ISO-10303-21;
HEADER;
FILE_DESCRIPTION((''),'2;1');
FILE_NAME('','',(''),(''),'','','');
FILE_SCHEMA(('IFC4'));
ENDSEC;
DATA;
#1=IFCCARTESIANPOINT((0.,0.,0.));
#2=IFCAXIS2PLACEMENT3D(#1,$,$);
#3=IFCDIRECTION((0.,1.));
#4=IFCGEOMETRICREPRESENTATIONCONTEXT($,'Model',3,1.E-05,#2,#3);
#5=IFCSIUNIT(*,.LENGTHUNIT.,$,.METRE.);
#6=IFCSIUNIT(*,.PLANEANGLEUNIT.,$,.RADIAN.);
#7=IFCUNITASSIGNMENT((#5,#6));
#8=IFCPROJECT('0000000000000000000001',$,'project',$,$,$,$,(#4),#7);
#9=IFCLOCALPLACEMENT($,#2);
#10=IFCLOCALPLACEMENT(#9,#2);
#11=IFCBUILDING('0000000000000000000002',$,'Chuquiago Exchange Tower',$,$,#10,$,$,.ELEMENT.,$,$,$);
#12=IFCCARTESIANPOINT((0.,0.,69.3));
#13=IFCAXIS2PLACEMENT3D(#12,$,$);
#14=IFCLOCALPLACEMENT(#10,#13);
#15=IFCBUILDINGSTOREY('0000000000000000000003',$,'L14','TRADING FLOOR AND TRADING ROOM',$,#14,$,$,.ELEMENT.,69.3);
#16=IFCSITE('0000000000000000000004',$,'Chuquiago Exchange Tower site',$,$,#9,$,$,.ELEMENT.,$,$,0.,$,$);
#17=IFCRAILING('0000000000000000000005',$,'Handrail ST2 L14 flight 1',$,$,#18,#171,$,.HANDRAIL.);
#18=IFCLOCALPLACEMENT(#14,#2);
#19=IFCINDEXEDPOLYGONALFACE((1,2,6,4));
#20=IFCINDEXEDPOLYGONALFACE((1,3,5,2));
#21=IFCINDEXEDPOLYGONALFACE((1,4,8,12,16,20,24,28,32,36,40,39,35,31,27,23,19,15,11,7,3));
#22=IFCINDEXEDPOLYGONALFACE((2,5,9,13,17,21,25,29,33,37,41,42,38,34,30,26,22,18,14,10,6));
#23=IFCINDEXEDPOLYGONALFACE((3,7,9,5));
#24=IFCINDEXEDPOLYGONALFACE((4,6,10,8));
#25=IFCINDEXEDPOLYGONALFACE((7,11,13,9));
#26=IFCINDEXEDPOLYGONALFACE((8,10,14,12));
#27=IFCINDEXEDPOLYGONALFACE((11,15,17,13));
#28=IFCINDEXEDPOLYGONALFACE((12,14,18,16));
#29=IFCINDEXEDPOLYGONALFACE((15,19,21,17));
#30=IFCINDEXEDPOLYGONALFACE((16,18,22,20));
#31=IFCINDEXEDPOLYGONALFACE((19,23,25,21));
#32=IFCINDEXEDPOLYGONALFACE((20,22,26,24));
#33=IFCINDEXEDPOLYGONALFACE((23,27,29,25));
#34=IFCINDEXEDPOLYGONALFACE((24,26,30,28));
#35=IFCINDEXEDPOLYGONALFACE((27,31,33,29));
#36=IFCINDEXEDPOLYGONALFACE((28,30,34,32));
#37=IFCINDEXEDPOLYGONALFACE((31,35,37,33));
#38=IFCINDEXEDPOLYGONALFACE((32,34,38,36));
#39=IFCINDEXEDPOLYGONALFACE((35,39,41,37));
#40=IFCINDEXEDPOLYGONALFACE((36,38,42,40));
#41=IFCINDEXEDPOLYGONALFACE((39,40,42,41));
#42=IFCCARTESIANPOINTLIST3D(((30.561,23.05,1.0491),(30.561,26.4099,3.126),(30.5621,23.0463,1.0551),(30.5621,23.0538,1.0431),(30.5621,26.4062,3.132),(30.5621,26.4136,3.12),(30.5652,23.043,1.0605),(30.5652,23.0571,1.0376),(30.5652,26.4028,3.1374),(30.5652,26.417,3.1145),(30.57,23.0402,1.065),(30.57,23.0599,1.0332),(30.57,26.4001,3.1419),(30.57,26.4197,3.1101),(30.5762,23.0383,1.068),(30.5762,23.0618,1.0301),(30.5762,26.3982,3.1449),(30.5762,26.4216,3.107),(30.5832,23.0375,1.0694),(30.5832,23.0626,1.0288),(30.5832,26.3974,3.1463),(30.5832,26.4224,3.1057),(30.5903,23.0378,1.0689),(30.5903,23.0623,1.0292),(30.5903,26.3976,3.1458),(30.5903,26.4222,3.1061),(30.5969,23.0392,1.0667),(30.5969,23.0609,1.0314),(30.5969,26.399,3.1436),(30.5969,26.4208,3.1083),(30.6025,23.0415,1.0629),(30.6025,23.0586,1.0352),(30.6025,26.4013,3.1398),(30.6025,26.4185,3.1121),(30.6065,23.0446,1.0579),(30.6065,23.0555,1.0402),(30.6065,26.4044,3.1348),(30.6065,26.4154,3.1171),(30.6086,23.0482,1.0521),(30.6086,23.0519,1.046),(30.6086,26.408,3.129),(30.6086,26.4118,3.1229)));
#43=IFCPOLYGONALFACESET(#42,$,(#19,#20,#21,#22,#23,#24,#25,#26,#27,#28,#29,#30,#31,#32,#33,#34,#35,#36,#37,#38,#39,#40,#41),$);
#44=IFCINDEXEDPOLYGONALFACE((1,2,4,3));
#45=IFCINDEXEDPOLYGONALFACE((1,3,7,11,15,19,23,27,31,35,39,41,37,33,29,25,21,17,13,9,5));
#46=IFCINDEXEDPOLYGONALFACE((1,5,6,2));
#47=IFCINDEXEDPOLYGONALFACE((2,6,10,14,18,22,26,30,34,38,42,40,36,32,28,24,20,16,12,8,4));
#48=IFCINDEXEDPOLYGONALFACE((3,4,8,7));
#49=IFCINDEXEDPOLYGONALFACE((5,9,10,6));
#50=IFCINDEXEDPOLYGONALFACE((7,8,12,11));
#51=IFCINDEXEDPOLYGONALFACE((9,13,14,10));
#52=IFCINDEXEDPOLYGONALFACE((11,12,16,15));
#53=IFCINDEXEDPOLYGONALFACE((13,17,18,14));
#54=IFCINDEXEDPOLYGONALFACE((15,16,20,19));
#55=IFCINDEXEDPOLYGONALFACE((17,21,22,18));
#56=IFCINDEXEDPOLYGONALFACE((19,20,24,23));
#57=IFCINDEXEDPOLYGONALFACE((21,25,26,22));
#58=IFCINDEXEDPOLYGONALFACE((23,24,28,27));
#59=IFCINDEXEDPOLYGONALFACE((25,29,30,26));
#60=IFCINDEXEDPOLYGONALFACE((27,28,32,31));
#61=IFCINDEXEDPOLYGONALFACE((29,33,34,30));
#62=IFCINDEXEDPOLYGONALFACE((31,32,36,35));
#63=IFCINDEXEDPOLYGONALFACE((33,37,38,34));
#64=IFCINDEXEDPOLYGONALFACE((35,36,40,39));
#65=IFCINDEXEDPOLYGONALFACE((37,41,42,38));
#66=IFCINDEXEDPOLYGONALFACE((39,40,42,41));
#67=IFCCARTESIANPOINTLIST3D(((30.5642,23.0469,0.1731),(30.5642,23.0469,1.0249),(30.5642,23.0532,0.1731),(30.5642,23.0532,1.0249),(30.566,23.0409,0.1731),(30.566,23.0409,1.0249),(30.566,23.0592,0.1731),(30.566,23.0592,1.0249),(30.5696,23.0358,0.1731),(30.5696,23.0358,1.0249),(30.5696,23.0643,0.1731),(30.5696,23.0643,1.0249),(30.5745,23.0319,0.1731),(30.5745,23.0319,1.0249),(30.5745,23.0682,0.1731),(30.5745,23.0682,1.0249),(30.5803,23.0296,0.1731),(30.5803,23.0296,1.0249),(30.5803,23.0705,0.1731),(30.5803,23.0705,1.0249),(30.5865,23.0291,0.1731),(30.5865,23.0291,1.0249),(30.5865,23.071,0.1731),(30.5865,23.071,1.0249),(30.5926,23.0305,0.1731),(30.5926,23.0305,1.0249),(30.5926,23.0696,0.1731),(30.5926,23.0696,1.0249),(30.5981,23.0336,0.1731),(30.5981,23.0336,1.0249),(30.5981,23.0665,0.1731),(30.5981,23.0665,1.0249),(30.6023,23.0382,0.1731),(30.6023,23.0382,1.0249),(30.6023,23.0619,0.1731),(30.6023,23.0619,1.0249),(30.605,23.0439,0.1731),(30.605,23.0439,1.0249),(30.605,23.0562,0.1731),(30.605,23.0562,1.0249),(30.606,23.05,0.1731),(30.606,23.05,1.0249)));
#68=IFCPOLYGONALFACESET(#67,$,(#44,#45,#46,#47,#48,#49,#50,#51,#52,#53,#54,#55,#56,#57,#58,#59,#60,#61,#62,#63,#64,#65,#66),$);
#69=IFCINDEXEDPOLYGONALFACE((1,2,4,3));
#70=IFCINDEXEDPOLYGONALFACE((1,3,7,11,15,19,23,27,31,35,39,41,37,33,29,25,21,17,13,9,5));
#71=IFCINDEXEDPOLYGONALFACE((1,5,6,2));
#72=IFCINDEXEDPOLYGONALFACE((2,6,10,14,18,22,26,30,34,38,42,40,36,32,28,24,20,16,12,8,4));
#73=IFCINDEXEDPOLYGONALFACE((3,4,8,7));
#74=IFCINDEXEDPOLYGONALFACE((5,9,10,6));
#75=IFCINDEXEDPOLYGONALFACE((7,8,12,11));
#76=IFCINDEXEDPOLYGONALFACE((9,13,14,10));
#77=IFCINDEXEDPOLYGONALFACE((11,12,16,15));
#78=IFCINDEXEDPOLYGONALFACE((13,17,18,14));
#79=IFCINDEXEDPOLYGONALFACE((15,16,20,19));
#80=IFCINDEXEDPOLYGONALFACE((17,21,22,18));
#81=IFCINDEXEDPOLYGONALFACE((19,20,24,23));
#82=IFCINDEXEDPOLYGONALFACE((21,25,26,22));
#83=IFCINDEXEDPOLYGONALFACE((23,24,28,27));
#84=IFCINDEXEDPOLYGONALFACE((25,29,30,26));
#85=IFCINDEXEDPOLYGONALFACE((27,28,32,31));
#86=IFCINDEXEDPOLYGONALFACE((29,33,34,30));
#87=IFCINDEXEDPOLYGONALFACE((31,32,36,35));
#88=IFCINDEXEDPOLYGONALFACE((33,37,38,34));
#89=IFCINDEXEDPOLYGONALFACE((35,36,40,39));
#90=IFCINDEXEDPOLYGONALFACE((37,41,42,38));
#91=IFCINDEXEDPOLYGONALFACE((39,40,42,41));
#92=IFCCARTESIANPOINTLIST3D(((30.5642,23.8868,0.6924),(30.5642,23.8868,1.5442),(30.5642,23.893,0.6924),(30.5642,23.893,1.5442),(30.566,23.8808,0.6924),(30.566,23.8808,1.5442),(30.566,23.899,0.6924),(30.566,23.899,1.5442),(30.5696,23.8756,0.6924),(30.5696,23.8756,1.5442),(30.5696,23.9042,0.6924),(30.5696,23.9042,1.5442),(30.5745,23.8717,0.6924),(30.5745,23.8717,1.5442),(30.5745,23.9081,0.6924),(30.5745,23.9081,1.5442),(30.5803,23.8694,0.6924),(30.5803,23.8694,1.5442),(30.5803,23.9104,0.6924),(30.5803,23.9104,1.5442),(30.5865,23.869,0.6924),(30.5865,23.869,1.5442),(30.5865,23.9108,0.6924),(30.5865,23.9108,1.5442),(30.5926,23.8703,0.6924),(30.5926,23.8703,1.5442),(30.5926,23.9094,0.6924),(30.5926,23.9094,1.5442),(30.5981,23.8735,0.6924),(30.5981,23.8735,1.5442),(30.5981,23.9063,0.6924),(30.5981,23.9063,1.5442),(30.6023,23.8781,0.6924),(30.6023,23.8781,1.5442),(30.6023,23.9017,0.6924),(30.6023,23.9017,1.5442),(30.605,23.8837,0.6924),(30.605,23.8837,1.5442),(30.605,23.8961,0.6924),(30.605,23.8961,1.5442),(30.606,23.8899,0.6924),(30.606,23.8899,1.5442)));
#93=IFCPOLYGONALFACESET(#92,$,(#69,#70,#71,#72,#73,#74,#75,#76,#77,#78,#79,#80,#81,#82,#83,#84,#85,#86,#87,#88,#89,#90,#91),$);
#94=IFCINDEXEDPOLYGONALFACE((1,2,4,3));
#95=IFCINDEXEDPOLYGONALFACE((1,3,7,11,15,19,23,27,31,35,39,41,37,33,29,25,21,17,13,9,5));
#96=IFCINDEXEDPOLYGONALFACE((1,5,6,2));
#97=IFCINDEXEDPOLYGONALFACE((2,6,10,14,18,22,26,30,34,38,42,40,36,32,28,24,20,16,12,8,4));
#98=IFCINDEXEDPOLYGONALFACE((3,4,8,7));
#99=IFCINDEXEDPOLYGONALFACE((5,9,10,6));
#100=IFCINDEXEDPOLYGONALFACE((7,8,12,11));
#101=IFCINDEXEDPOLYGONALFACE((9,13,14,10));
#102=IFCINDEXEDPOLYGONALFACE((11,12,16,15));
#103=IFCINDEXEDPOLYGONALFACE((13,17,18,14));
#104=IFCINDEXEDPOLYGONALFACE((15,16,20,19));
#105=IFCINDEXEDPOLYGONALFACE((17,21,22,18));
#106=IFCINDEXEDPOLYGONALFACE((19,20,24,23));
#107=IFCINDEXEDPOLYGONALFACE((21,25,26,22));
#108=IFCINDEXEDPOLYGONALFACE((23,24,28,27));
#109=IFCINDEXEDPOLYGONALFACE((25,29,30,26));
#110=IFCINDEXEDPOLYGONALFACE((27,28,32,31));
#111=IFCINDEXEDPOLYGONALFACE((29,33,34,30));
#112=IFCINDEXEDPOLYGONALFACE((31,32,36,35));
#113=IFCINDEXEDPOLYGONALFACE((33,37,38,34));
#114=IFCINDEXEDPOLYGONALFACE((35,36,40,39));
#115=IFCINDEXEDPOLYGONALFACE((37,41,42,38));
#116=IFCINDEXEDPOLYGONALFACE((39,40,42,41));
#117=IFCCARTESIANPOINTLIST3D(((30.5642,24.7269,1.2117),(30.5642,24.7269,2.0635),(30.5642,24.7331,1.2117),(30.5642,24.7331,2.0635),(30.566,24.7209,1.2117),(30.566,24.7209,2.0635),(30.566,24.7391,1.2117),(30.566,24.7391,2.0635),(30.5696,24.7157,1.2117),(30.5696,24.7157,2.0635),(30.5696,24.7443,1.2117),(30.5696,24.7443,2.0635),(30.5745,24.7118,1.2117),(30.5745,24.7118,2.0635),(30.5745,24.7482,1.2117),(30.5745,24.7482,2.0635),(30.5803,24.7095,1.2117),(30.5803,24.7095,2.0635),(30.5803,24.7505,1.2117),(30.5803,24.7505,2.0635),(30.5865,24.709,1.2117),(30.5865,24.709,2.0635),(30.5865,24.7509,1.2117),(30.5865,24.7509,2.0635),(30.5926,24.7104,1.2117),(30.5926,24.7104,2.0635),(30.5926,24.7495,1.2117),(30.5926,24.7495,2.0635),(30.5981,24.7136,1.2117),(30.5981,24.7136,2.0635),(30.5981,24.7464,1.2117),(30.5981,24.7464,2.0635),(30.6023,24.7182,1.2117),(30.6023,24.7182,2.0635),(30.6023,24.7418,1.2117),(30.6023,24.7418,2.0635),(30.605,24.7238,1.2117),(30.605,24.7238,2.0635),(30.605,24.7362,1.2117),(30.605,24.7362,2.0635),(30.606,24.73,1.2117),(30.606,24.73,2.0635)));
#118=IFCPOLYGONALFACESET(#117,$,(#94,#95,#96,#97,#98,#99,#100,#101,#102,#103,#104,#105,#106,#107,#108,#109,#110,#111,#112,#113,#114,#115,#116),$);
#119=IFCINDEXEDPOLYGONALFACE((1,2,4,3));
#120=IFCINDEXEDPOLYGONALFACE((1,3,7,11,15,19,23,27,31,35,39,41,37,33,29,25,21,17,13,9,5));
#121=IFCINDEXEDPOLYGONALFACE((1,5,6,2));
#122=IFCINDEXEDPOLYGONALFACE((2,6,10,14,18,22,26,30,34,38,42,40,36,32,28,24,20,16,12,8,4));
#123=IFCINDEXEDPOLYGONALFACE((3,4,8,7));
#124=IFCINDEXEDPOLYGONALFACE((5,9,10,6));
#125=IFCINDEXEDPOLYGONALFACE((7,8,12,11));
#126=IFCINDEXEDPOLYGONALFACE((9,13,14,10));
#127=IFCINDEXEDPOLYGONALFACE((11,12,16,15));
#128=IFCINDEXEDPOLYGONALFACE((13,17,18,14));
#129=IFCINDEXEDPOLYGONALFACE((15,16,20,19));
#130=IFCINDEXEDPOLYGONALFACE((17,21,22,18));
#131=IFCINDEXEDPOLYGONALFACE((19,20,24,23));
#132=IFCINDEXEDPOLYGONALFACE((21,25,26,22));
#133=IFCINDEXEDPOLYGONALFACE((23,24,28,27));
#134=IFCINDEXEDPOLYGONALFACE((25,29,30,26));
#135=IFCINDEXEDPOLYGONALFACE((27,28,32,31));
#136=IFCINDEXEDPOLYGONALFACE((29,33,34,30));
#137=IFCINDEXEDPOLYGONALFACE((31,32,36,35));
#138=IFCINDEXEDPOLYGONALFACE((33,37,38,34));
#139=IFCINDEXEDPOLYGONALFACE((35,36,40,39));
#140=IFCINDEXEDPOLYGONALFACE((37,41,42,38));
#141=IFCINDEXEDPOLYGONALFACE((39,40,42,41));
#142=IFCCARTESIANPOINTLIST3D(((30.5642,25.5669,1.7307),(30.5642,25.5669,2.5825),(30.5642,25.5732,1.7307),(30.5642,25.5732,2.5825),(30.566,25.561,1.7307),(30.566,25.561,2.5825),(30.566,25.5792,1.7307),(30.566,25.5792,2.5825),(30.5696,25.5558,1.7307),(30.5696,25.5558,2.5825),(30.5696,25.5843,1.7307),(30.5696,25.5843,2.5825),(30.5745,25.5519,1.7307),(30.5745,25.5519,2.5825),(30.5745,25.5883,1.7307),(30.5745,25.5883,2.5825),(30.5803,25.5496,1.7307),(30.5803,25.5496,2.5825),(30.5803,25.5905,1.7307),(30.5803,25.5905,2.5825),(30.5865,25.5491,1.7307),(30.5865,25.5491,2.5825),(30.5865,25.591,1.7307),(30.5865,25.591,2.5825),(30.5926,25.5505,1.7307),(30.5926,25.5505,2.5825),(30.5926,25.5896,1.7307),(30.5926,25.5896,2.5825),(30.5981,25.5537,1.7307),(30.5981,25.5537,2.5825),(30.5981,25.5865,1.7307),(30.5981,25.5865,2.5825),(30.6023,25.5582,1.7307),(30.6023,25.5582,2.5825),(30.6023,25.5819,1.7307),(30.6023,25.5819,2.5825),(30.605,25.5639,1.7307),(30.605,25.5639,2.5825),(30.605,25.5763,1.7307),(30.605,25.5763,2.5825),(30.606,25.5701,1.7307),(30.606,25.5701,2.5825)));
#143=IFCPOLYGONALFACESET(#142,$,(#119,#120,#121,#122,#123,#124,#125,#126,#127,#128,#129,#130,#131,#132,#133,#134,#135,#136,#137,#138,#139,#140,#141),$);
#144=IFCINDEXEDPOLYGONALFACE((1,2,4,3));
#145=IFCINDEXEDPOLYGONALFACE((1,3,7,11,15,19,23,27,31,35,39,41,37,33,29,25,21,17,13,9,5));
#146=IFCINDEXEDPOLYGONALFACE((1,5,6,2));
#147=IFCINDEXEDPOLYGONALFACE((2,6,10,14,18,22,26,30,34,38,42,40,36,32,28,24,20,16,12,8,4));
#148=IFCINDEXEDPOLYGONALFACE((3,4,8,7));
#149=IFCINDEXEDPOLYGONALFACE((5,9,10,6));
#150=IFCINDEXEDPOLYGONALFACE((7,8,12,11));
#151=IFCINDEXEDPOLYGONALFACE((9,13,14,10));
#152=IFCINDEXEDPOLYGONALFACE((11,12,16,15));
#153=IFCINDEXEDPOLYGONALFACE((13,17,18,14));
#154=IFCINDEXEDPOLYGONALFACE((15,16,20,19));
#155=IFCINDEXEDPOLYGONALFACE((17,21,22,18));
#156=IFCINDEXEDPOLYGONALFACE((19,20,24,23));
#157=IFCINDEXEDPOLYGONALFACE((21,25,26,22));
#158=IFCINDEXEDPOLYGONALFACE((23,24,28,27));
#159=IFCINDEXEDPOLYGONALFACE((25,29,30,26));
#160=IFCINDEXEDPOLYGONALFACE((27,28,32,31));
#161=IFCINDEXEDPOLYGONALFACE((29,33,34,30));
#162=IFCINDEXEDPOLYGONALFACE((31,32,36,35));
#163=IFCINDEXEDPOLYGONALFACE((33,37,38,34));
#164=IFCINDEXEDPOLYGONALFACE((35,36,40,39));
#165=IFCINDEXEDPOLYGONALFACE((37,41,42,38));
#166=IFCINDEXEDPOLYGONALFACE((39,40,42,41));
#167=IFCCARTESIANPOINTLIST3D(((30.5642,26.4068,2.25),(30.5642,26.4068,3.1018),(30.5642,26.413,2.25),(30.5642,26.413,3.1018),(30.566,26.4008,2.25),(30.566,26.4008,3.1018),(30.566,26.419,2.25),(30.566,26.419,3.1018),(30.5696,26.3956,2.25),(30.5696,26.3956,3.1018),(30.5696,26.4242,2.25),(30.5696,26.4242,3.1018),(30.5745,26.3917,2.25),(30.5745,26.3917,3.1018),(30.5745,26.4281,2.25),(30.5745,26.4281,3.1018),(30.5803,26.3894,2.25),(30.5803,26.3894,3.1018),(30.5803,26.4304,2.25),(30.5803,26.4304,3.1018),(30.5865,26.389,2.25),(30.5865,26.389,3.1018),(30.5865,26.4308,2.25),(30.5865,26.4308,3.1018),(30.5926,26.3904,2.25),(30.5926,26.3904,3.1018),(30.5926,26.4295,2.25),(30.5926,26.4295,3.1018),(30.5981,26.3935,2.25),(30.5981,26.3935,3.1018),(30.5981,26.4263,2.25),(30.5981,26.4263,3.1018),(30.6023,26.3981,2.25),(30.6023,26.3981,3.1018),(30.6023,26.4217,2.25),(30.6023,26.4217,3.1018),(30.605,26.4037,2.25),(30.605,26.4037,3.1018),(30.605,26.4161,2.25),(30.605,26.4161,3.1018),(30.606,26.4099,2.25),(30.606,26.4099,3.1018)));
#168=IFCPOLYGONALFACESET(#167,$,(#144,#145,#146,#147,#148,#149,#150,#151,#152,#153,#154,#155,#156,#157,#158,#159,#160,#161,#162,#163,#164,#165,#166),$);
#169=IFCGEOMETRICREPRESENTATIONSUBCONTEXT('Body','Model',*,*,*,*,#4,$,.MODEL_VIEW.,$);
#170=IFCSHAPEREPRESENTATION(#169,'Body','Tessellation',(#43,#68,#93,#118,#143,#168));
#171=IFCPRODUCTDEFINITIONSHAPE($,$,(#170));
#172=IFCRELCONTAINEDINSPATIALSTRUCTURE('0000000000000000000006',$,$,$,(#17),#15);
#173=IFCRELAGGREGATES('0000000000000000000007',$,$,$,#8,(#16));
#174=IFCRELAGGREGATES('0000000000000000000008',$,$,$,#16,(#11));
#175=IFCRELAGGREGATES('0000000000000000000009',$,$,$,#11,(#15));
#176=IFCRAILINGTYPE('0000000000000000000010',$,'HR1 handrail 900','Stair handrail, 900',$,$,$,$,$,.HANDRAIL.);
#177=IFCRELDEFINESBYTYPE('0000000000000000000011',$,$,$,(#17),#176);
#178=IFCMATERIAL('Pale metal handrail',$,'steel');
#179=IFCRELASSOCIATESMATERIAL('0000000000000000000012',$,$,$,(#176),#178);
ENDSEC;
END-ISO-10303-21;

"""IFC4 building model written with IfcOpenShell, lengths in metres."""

from ifc_helpers import new_model, si_unit, direction, frame, origin, origin_2d, place, context, subcontext, project, spatial, circle, extrude, material, type_object, element, save


model = new_model("IFC4")

# Units and contexts
model_context = context("Model", 3, precision=1e-05, world=origin(), true_north=direction((0.0, 1.0)))
body_context = subcontext(model_context, "Body", "Model", "MODEL_VIEW")
ifc_project = project(units=[si_unit("LENGTHUNIT", "METRE"), si_unit("PLANEANGLEUNIT", "RADIAN")], contexts=[model_context])

# Site, building, storey
site_placement = place(None, origin())
site = spatial("IfcSite", under=ifc_project, at=site_placement, Name="Chuquiago Exchange Tower site", CompositionType="ELEMENT", RefElevation=0.0)
building_placement = place(site_placement, origin())
building = spatial("IfcBuilding", under=site, at=building_placement, Name="Chuquiago Exchange Tower", CompositionType="ELEMENT")
storey_placement = place(building_placement, frame((0.0, 0.0, 69.3)))
storey = spatial("IfcBuildingStorey", under=building, at=storey_placement, Name="L14", Description="TRADING FLOOR AND TRADING ROOM", CompositionType="ELEMENT", Elevation=69.3)

# Railing
ifc_material_1 = material(Name="Pale metal handrail", Category="steel")
railing_type = type_object("IfcRailingType", Name="HR1 handrail 900", Description="Stair handrail, 900", PredefinedType="HANDRAIL", material=ifc_material_1)
for number, where, name in (
    (1, (30.585, 23.05, 0.1731), "Handrail ST2 L14 flight 1"),
):
    element("IfcRailing", number, at=place(storey_placement, frame(where)), inside=storey, type_object=railing_type, Name=name, PredefinedType="HANDRAIL", context=body_context, shape_type="SweptSolid", body=[
        extrude(circle(Radius=0.0239, at=origin_2d()), frame((0.0, 0.0, 0.876), z_axis=(0.0, 0.850606, 0.525803), x_axis=(-1.0, 0.0, 0.0)), (0.0, 0.0, 1.0), 3.95),
        extrude(circle(Radius=0.021, at=origin_2d()), origin(), (0.0, 0.0, 1.0), 0.8518),
        extrude(circle(Radius=0.021, at=origin_2d()), frame((0.0, 0.8398, 0.5193)), (0.0, 0.0, 1.0), 0.8518),
        extrude(circle(Radius=0.021, at=origin_2d()), frame((0.0, 1.6799, 1.0386)), (0.0, 0.0, 1.0), 0.8518),
        extrude(circle(Radius=0.021, at=origin_2d()), frame((0.0, 2.52, 1.5576)), (0.0, 0.0, 1.0), 0.8518),
        extrude(circle(Radius=0.021, at=origin_2d()), frame((0.0, 3.3599, 2.0769)), (0.0, 0.0, 1.0), 0.8518),
    ])

save(model, "model.ifc")
